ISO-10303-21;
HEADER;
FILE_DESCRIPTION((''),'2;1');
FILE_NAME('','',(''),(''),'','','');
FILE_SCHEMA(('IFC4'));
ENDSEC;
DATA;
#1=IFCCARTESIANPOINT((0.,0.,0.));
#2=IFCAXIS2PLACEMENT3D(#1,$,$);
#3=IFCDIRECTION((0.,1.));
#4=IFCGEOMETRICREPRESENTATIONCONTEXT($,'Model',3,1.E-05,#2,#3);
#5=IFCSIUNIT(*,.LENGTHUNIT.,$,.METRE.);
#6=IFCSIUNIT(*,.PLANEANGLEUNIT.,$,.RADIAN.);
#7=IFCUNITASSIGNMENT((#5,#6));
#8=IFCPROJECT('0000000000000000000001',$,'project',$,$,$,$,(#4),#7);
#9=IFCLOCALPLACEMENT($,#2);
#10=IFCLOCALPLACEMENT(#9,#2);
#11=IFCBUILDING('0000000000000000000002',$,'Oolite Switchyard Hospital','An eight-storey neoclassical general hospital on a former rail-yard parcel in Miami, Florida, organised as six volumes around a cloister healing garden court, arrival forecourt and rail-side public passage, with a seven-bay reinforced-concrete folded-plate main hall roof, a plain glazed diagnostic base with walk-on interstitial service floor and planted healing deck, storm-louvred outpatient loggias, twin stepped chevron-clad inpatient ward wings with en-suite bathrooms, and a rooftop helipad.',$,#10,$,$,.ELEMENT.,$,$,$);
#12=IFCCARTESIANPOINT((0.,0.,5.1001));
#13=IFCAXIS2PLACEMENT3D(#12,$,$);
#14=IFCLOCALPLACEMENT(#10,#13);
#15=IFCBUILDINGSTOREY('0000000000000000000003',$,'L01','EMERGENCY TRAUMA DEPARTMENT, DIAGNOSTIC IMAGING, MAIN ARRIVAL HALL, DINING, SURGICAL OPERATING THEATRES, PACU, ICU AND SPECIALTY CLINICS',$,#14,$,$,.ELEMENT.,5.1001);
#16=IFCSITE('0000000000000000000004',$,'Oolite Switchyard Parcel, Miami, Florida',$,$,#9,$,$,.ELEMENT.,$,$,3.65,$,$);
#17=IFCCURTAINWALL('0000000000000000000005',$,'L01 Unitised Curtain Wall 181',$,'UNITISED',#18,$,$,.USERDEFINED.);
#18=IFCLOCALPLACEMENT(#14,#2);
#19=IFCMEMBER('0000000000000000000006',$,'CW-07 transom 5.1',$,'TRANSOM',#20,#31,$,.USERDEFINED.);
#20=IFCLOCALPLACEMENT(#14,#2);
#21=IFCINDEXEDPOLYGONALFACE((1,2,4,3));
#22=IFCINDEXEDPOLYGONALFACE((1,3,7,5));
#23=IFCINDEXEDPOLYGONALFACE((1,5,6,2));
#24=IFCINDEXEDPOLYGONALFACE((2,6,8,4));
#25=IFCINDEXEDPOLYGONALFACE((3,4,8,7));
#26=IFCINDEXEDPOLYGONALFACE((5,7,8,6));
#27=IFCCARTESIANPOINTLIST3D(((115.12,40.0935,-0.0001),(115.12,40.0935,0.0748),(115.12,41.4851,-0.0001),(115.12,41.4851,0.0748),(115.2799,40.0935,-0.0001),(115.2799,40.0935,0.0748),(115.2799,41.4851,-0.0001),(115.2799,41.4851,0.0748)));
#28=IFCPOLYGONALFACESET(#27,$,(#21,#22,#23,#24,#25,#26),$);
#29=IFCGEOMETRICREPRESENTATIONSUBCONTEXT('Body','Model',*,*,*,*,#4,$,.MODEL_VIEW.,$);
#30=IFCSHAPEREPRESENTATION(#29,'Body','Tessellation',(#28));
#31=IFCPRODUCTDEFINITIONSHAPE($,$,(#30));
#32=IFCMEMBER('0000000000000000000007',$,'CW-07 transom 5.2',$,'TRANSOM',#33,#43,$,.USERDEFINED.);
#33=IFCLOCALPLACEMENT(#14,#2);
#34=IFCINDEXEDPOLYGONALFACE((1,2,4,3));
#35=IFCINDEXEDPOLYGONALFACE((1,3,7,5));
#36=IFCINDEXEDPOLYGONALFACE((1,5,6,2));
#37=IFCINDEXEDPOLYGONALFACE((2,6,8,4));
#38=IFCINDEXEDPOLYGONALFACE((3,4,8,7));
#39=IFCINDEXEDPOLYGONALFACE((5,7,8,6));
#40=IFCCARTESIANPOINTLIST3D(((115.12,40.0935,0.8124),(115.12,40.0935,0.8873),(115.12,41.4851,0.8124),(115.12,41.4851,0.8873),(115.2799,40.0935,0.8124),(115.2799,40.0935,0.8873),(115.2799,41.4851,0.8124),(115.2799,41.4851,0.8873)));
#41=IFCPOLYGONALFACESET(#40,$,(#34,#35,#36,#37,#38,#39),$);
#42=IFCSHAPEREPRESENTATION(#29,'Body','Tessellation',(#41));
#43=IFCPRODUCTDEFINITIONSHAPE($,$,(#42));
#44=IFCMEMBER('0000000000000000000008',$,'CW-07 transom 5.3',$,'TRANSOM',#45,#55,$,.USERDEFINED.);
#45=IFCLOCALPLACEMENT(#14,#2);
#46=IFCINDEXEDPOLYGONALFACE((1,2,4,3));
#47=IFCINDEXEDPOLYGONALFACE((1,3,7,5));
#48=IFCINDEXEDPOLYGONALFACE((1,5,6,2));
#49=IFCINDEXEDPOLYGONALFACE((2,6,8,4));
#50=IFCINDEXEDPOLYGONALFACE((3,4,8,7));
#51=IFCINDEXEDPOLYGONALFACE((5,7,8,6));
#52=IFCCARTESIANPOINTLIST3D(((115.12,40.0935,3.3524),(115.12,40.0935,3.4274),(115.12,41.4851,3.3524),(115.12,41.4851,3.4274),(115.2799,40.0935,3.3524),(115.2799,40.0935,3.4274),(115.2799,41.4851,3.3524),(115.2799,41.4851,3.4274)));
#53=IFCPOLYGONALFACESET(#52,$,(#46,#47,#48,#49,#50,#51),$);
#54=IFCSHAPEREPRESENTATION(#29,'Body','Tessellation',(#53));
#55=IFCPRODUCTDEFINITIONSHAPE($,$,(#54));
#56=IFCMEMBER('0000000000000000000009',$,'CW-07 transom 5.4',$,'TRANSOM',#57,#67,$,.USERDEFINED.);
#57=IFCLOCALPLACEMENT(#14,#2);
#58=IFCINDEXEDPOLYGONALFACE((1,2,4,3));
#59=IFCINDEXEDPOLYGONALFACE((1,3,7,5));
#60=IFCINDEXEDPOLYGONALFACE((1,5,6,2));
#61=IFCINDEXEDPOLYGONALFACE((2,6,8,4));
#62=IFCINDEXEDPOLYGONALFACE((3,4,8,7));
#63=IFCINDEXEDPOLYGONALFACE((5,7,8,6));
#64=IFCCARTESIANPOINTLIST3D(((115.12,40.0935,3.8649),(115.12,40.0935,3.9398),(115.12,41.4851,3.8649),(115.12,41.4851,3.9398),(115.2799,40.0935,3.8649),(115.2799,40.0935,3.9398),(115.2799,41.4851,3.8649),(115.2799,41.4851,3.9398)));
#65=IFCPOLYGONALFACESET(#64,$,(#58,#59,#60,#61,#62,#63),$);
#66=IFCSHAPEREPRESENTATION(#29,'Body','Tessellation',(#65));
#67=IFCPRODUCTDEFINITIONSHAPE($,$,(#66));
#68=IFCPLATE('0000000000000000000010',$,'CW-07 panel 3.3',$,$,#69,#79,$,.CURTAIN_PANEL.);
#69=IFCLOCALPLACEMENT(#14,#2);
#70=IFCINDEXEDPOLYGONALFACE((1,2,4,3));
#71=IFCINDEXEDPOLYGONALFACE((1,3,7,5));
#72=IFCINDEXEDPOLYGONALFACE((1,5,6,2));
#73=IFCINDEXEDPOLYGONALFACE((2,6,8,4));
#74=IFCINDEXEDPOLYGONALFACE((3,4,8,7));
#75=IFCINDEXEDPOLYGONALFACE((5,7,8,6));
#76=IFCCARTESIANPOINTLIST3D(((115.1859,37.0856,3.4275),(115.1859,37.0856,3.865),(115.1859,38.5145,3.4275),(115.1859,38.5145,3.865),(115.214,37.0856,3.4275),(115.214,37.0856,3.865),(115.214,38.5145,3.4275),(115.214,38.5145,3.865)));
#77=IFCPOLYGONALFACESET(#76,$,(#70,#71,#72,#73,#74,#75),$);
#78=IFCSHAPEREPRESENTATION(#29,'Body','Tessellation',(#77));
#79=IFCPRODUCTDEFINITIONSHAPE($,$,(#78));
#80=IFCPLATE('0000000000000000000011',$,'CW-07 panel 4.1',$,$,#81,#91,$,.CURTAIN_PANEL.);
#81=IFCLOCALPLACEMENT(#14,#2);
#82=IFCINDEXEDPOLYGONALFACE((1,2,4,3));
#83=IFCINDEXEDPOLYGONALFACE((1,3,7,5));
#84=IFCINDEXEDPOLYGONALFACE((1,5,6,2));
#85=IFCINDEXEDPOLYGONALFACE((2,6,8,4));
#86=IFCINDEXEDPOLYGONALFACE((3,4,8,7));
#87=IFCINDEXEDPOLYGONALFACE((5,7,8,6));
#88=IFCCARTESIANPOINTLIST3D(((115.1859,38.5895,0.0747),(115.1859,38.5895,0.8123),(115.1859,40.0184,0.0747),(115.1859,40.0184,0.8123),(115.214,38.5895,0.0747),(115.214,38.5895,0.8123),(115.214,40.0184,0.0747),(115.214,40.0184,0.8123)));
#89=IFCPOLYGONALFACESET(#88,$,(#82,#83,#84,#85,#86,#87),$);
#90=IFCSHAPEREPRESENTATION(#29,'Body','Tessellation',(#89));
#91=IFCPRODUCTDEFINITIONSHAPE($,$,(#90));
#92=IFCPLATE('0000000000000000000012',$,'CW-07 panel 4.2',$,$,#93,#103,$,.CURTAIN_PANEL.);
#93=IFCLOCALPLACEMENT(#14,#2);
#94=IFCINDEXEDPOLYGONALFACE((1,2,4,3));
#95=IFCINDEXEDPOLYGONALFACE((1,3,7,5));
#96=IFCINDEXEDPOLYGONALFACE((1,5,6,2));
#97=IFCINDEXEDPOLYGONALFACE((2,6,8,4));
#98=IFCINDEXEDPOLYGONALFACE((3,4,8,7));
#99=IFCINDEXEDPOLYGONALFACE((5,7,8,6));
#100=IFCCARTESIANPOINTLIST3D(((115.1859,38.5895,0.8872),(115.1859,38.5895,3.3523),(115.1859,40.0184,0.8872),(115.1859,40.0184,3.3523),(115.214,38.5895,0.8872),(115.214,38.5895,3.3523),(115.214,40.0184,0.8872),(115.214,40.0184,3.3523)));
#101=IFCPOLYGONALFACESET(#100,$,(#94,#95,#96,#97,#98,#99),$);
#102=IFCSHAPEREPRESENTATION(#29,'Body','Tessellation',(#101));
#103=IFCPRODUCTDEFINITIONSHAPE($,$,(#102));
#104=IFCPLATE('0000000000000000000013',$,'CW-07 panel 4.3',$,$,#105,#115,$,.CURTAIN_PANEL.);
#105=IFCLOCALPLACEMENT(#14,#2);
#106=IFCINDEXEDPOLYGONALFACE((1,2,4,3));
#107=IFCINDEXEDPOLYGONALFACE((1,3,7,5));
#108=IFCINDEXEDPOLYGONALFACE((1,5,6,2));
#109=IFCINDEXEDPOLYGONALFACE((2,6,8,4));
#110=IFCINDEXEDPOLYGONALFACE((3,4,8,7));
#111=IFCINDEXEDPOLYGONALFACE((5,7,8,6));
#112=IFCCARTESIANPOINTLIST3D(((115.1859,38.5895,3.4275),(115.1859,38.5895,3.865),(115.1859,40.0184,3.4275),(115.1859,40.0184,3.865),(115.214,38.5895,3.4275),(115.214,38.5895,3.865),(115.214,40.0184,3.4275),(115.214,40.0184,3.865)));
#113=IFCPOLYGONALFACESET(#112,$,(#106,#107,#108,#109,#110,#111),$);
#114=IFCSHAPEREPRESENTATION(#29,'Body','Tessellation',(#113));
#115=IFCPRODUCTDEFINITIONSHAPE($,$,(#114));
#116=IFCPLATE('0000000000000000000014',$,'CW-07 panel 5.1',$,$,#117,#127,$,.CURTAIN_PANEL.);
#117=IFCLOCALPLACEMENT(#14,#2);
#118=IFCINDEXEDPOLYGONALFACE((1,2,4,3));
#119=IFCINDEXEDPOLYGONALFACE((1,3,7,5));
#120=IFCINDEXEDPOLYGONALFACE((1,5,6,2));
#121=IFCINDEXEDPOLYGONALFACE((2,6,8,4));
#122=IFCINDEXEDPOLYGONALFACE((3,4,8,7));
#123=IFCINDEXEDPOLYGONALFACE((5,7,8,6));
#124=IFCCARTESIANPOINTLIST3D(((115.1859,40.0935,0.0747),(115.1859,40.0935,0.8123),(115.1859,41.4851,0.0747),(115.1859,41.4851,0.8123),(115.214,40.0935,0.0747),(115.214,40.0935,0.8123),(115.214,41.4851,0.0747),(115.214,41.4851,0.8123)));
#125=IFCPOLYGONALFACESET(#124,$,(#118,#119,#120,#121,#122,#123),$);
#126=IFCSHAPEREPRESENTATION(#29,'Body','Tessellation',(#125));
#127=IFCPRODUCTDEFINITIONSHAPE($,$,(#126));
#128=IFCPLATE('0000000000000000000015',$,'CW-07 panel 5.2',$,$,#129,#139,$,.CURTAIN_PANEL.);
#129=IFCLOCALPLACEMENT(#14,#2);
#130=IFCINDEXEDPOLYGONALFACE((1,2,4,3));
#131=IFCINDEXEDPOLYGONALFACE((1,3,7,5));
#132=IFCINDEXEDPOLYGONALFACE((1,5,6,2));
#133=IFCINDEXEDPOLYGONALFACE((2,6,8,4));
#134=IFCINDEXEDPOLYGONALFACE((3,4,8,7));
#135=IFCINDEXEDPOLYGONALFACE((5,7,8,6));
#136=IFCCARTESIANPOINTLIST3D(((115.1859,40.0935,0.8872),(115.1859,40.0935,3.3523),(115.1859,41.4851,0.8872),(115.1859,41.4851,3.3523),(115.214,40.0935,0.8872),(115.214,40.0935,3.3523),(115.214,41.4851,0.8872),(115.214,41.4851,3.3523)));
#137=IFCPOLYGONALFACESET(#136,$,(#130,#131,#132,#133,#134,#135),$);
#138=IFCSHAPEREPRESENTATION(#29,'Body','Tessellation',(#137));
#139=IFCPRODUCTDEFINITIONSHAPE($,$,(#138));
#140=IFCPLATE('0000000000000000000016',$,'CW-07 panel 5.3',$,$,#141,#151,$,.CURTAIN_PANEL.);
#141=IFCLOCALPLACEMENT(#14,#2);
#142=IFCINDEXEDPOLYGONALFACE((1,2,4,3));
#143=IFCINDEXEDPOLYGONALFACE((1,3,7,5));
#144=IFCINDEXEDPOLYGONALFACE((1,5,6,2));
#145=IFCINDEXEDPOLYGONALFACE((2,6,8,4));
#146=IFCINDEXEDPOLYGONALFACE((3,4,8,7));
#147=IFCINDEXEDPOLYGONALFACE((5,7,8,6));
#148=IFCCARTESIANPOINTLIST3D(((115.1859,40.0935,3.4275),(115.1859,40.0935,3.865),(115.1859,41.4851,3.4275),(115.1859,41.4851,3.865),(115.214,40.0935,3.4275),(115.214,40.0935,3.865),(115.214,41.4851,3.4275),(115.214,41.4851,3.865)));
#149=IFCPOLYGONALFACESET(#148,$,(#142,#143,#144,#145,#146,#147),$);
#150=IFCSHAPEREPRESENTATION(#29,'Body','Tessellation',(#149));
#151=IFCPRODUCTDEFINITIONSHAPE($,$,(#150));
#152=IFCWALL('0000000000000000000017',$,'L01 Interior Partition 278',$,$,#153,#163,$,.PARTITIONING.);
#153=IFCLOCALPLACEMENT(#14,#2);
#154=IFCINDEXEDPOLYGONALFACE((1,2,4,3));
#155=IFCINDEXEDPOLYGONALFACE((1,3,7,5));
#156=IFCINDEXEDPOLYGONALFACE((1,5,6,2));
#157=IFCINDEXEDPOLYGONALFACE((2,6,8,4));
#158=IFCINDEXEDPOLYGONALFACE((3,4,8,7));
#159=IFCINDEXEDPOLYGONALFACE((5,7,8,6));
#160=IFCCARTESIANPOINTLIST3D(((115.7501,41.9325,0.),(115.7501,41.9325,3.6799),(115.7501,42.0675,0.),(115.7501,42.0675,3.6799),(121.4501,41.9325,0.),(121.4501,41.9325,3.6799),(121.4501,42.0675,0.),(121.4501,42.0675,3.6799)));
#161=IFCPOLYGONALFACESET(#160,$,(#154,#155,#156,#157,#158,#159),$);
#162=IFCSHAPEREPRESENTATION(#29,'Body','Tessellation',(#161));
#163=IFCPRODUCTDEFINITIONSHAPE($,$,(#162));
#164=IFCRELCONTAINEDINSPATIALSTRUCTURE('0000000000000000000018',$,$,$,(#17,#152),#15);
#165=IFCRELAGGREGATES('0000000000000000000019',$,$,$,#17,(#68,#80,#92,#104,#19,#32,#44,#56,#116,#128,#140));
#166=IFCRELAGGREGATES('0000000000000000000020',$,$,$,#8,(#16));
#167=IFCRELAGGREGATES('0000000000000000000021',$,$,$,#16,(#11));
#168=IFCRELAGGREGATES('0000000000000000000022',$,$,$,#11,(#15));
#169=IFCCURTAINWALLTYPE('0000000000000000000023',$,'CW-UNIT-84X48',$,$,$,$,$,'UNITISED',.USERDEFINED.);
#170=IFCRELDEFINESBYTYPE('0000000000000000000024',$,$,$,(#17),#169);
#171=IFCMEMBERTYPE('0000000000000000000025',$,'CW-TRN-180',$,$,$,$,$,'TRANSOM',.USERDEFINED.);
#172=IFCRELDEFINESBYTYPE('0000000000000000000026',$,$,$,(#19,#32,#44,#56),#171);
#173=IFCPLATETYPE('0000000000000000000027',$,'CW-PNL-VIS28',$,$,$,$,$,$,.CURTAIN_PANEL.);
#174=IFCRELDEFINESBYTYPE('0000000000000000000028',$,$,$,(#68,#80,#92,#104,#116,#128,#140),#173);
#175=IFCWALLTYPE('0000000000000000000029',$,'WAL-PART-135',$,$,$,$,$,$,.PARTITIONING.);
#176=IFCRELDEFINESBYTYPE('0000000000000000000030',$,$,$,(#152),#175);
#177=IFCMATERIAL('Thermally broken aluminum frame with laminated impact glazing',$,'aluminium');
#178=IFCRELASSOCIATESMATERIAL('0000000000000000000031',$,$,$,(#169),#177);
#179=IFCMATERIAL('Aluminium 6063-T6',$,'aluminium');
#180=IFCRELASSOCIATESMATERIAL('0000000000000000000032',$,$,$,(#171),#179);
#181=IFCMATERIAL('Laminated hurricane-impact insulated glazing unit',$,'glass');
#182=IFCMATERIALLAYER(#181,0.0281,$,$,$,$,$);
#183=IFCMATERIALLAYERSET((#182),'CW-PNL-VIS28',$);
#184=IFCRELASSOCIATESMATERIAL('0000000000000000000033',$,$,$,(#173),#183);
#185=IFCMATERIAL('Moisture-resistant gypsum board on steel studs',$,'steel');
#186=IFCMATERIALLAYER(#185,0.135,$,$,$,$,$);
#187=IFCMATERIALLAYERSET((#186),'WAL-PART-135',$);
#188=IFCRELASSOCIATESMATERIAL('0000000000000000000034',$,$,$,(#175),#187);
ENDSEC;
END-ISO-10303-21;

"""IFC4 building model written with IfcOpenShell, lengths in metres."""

from ifc_helpers import new_model, si_unit, direction, frame, frame_2d, origin, origin_2d, place, context, subcontext, project, spatial, rectangle, extrude, material, layer, layer_set, material_profile, profile_set, type_object, element, aggregate, save


model = new_model("IFC4")

# Units and contexts
model_context = context("Model", 3, precision=1e-05, world=origin(), true_north=direction((0.0, 1.0)))
body_context = subcontext(model_context, "Body", "Model", "MODEL_VIEW")
ifc_project = project(units=[si_unit("LENGTHUNIT", "METRE"), si_unit("PLANEANGLEUNIT", "RADIAN")], contexts=[model_context])

# Site, building, storey
site_placement = place(None, origin())
site = spatial("IfcSite", under=ifc_project, at=site_placement, Name="Oolite Switchyard Parcel, Miami, Florida", CompositionType="ELEMENT", RefElevation=3.65)
building_placement = place(site_placement, origin())
building = spatial("IfcBuilding", under=site, at=building_placement, Name="Oolite Switchyard Hospital", Description="An eight-storey neoclassical general hospital on a former rail-yard parcel in Miami, Florida, organised as six volumes around a cloister healing garden court, arrival forecourt and rail-side public passage, with a seven-bay reinforced-concrete folded-plate main hall roof, a plain glazed diagnostic base with walk-on interstitial service floor and planted healing deck, storm-louvred outpatient loggias, twin stepped chevron-clad inpatient ward wings with en-suite bathrooms, and a rooftop helipad.", CompositionType="ELEMENT")
storey_placement = place(building_placement, frame((0.0, 0.0, 5.1001)))
storey = spatial("IfcBuildingStorey", under=building, at=storey_placement, Name="L01", Description="EMERGENCY TRAUMA DEPARTMENT, DIAGNOSTIC IMAGING, MAIN ARRIVAL HALL, DINING, SURGICAL OPERATING THEATRES, PACU, ICU AND SPECIALTY CLINICS", CompositionType="ELEMENT", Elevation=5.1001)

# Curtain wall, members, plates
ifc_material_1 = material(Name="Thermally broken aluminum frame with laminated impact glazing", Category="aluminium")
curtain_wall_type = type_object("IfcCurtainWallType", Name="CW-UNIT-84X48", ElementType="UNITISED", PredefinedType="USERDEFINED", material=ifc_material_1)
curtain_wall_placement = place(storey_placement, origin())
curtain_wall = element("IfcCurtainWall", 1, at=curtain_wall_placement, inside=storey, type_object=curtain_wall_type, Name="L01 Unitised Curtain Wall 181", ObjectType="UNITISED", PredefinedType="USERDEFINED")
ifc_material_2 = material(Name="Aluminium 6063-T6", Category="aluminium")
ifc_material_profile_1 = material_profile(ifc_material_2, rectangle(XDim=0.1599, YDim=0.075, at=origin_2d()), Name="CWT75X160")
ifc_profile_set_1 = profile_set([ifc_material_profile_1], Name="Aluminium 6063-T6")
member_type_1 = type_object("IfcMemberType", Name="CW-TRN-180", ElementType="TRANSOM", PredefinedType="USERDEFINED", material=ifc_profile_set_1)
member_1_placement = place(storey_placement, frame((115.2, 40.0935, 0.0374), z_axis=(0.0, 1.0, 0.0), x_axis=(-1.0, 0.0, 0.0)))
member_1 = element("IfcMember", 2, at=member_1_placement, type_object=member_type_1, Name="CW-07 transom 5.1", ObjectType="TRANSOM", PredefinedType="USERDEFINED", context=body_context, shape_type="SweptSolid", body=[
    extrude(rectangle(XDim=0.1599, YDim=0.075, at=origin_2d()), origin(), (0.0, 0.0, 1.0), 1.3916),
])
member_2_placement = place(storey_placement, frame((115.2, 40.0935, 0.8499), z_axis=(0.0, 1.0, 0.0), x_axis=(-1.0, 0.0, 0.0)))
member_2 = element("IfcMember", 3, at=member_2_placement, type_object=member_type_1, Name="CW-07 transom 5.2", ObjectType="TRANSOM", PredefinedType="USERDEFINED", context=body_context, shape_type="SweptSolid", body=[
    extrude(rectangle(XDim=0.1599, YDim=0.075, at=origin_2d()), origin(), (0.0, 0.0, 1.0), 1.3916),
])
member_3_placement = place(storey_placement, frame((115.2, 40.0935, 3.3899), z_axis=(0.0, 1.0, 0.0), x_axis=(-1.0, 0.0, 0.0)))
member_3 = element("IfcMember", 4, at=member_3_placement, type_object=member_type_1, Name="CW-07 transom 5.3", ObjectType="TRANSOM", PredefinedType="USERDEFINED", context=body_context, shape_type="SweptSolid", body=[
    extrude(rectangle(XDim=0.1599, YDim=0.075, at=origin_2d()), origin(), (0.0, 0.0, 1.0), 1.3916),
])
member_4_placement = place(storey_placement, frame((115.2, 40.0935, 3.9023), z_axis=(0.0, 1.0, 0.0), x_axis=(-1.0, 0.0, 0.0)))
member_4 = element("IfcMember", 5, at=member_4_placement, type_object=member_type_1, Name="CW-07 transom 5.4", ObjectType="TRANSOM", PredefinedType="USERDEFINED", context=body_context, shape_type="SweptSolid", body=[
    extrude(rectangle(XDim=0.1599, YDim=0.075, at=origin_2d()), origin(), (0.0, 0.0, 1.0), 1.3916),
])
ifc_material_3 = material(Name="Laminated hurricane-impact insulated glazing unit", Category="glass")
ifc_layer_1 = layer(ifc_material_3, 0.0281)
ifc_layer_set_1 = layer_set([ifc_layer_1], Name="CW-PNL-VIS28")
plate_type = type_object("IfcPlateType", Name="CW-PNL-VIS28", PredefinedType="CURTAIN_PANEL", material=ifc_layer_set_1)
plate_1_placement = place(storey_placement, frame((115.2, 37.8, 3.4275), z_axis=(0.0, 0.0, 1.0), x_axis=(0.0, 1.0, 0.0)))
plate_1 = element("IfcPlate", 6, at=plate_1_placement, type_object=plate_type, Name="CW-07 panel 3.3", PredefinedType="CURTAIN_PANEL", context=body_context, shape_type="SweptSolid", body=[
    extrude(rectangle(XDim=1.429, YDim=0.0281, at=origin_2d()), origin(), (0.0, 0.0, 1.0), 0.4375),
])
plate_2_placement = place(storey_placement, frame((115.2, 39.304, 0.0747), z_axis=(0.0, 0.0, 1.0), x_axis=(0.0, 1.0, 0.0)))
plate_2 = element("IfcPlate", 7, at=plate_2_placement, type_object=plate_type, Name="CW-07 panel 4.1", PredefinedType="CURTAIN_PANEL", context=body_context, shape_type="SweptSolid", body=[
    extrude(rectangle(XDim=1.429, YDim=0.0281, at=origin_2d()), origin(), (0.0, 0.0, 1.0), 0.7375),
])
plate_3_placement = place(storey_placement, frame((115.2, 39.304, 0.8872), z_axis=(0.0, 0.0, 1.0), x_axis=(0.0, 1.0, 0.0)))
plate_3 = element("IfcPlate", 8, at=plate_3_placement, type_object=plate_type, Name="CW-07 panel 4.2", PredefinedType="CURTAIN_PANEL", context=body_context, shape_type="SweptSolid", body=[
    extrude(rectangle(XDim=1.429, YDim=0.0281, at=origin_2d()), origin(), (0.0, 0.0, 1.0), 2.4651),
])
plate_4_placement = place(storey_placement, frame((115.2, 39.304, 3.4275), z_axis=(0.0, 0.0, 1.0), x_axis=(0.0, 1.0, 0.0)))
plate_4 = element("IfcPlate", 9, at=plate_4_placement, type_object=plate_type, Name="CW-07 panel 4.3", PredefinedType="CURTAIN_PANEL", context=body_context, shape_type="SweptSolid", body=[
    extrude(rectangle(XDim=1.429, YDim=0.0281, at=origin_2d()), origin(), (0.0, 0.0, 1.0), 0.4375),
])
plate_5_placement = place(storey_placement, frame((115.2, 40.7893, 0.0747), z_axis=(0.0, 0.0, 1.0), x_axis=(0.0, 1.0, 0.0)))
plate_5 = element("IfcPlate", 10, at=plate_5_placement, type_object=plate_type, Name="CW-07 panel 5.1", PredefinedType="CURTAIN_PANEL", context=body_context, shape_type="SweptSolid", body=[
    extrude(rectangle(XDim=1.3916, YDim=0.0281, at=origin_2d()), origin(), (0.0, 0.0, 1.0), 0.7375),
])
plate_6_placement = place(storey_placement, frame((115.2, 40.7893, 0.8872), z_axis=(0.0, 0.0, 1.0), x_axis=(0.0, 1.0, 0.0)))
plate_6 = element("IfcPlate", 11, at=plate_6_placement, type_object=plate_type, Name="CW-07 panel 5.2", PredefinedType="CURTAIN_PANEL", context=body_context, shape_type="SweptSolid", body=[
    extrude(rectangle(XDim=1.3916, YDim=0.0281, at=origin_2d()), origin(), (0.0, 0.0, 1.0), 2.4651),
])
plate_7_placement = place(storey_placement, frame((115.2, 40.7893, 3.4275), z_axis=(0.0, 0.0, 1.0), x_axis=(0.0, 1.0, 0.0)))
plate_7 = element("IfcPlate", 12, at=plate_7_placement, type_object=plate_type, Name="CW-07 panel 5.3", PredefinedType="CURTAIN_PANEL", context=body_context, shape_type="SweptSolid", body=[
    extrude(rectangle(XDim=1.3916, YDim=0.0281, at=origin_2d()), origin(), (0.0, 0.0, 1.0), 0.4375),
])
aggregate(curtain_wall, [plate_1, plate_2, plate_3, plate_4, member_1, member_2, member_3, member_4, plate_5, plate_6, plate_7])

# Wall
ifc_material_4 = material(Name="Moisture-resistant gypsum board on steel studs", Category="steel")
ifc_layer_2 = layer(ifc_material_4, 0.135)
ifc_layer_set_2 = layer_set([ifc_layer_2], Name="WAL-PART-135")
wall_type_1 = type_object("IfcWallType", Name="WAL-PART-135", PredefinedType="PARTITIONING", material=ifc_layer_set_2)
wall_1_placement = place(storey_placement, frame((115.75, 42.0, 0.0), z_axis=(0.0, 0.0, 1.0), x_axis=(1.0, 0.0, 0.0)))
element("IfcWall", 13, at=wall_1_placement, inside=storey, type_object=wall_type_1, Name="L01 Interior Partition 278", PredefinedType="PARTITIONING", context=body_context, shape_type="SweptSolid", body=[
    extrude(rectangle(XDim=5.7, YDim=0.135, at=frame_2d((2.8501, 0.0))), origin(), (0.0, 0.0, 1.0), 3.6799),
])

save(model, "model.ifc")
